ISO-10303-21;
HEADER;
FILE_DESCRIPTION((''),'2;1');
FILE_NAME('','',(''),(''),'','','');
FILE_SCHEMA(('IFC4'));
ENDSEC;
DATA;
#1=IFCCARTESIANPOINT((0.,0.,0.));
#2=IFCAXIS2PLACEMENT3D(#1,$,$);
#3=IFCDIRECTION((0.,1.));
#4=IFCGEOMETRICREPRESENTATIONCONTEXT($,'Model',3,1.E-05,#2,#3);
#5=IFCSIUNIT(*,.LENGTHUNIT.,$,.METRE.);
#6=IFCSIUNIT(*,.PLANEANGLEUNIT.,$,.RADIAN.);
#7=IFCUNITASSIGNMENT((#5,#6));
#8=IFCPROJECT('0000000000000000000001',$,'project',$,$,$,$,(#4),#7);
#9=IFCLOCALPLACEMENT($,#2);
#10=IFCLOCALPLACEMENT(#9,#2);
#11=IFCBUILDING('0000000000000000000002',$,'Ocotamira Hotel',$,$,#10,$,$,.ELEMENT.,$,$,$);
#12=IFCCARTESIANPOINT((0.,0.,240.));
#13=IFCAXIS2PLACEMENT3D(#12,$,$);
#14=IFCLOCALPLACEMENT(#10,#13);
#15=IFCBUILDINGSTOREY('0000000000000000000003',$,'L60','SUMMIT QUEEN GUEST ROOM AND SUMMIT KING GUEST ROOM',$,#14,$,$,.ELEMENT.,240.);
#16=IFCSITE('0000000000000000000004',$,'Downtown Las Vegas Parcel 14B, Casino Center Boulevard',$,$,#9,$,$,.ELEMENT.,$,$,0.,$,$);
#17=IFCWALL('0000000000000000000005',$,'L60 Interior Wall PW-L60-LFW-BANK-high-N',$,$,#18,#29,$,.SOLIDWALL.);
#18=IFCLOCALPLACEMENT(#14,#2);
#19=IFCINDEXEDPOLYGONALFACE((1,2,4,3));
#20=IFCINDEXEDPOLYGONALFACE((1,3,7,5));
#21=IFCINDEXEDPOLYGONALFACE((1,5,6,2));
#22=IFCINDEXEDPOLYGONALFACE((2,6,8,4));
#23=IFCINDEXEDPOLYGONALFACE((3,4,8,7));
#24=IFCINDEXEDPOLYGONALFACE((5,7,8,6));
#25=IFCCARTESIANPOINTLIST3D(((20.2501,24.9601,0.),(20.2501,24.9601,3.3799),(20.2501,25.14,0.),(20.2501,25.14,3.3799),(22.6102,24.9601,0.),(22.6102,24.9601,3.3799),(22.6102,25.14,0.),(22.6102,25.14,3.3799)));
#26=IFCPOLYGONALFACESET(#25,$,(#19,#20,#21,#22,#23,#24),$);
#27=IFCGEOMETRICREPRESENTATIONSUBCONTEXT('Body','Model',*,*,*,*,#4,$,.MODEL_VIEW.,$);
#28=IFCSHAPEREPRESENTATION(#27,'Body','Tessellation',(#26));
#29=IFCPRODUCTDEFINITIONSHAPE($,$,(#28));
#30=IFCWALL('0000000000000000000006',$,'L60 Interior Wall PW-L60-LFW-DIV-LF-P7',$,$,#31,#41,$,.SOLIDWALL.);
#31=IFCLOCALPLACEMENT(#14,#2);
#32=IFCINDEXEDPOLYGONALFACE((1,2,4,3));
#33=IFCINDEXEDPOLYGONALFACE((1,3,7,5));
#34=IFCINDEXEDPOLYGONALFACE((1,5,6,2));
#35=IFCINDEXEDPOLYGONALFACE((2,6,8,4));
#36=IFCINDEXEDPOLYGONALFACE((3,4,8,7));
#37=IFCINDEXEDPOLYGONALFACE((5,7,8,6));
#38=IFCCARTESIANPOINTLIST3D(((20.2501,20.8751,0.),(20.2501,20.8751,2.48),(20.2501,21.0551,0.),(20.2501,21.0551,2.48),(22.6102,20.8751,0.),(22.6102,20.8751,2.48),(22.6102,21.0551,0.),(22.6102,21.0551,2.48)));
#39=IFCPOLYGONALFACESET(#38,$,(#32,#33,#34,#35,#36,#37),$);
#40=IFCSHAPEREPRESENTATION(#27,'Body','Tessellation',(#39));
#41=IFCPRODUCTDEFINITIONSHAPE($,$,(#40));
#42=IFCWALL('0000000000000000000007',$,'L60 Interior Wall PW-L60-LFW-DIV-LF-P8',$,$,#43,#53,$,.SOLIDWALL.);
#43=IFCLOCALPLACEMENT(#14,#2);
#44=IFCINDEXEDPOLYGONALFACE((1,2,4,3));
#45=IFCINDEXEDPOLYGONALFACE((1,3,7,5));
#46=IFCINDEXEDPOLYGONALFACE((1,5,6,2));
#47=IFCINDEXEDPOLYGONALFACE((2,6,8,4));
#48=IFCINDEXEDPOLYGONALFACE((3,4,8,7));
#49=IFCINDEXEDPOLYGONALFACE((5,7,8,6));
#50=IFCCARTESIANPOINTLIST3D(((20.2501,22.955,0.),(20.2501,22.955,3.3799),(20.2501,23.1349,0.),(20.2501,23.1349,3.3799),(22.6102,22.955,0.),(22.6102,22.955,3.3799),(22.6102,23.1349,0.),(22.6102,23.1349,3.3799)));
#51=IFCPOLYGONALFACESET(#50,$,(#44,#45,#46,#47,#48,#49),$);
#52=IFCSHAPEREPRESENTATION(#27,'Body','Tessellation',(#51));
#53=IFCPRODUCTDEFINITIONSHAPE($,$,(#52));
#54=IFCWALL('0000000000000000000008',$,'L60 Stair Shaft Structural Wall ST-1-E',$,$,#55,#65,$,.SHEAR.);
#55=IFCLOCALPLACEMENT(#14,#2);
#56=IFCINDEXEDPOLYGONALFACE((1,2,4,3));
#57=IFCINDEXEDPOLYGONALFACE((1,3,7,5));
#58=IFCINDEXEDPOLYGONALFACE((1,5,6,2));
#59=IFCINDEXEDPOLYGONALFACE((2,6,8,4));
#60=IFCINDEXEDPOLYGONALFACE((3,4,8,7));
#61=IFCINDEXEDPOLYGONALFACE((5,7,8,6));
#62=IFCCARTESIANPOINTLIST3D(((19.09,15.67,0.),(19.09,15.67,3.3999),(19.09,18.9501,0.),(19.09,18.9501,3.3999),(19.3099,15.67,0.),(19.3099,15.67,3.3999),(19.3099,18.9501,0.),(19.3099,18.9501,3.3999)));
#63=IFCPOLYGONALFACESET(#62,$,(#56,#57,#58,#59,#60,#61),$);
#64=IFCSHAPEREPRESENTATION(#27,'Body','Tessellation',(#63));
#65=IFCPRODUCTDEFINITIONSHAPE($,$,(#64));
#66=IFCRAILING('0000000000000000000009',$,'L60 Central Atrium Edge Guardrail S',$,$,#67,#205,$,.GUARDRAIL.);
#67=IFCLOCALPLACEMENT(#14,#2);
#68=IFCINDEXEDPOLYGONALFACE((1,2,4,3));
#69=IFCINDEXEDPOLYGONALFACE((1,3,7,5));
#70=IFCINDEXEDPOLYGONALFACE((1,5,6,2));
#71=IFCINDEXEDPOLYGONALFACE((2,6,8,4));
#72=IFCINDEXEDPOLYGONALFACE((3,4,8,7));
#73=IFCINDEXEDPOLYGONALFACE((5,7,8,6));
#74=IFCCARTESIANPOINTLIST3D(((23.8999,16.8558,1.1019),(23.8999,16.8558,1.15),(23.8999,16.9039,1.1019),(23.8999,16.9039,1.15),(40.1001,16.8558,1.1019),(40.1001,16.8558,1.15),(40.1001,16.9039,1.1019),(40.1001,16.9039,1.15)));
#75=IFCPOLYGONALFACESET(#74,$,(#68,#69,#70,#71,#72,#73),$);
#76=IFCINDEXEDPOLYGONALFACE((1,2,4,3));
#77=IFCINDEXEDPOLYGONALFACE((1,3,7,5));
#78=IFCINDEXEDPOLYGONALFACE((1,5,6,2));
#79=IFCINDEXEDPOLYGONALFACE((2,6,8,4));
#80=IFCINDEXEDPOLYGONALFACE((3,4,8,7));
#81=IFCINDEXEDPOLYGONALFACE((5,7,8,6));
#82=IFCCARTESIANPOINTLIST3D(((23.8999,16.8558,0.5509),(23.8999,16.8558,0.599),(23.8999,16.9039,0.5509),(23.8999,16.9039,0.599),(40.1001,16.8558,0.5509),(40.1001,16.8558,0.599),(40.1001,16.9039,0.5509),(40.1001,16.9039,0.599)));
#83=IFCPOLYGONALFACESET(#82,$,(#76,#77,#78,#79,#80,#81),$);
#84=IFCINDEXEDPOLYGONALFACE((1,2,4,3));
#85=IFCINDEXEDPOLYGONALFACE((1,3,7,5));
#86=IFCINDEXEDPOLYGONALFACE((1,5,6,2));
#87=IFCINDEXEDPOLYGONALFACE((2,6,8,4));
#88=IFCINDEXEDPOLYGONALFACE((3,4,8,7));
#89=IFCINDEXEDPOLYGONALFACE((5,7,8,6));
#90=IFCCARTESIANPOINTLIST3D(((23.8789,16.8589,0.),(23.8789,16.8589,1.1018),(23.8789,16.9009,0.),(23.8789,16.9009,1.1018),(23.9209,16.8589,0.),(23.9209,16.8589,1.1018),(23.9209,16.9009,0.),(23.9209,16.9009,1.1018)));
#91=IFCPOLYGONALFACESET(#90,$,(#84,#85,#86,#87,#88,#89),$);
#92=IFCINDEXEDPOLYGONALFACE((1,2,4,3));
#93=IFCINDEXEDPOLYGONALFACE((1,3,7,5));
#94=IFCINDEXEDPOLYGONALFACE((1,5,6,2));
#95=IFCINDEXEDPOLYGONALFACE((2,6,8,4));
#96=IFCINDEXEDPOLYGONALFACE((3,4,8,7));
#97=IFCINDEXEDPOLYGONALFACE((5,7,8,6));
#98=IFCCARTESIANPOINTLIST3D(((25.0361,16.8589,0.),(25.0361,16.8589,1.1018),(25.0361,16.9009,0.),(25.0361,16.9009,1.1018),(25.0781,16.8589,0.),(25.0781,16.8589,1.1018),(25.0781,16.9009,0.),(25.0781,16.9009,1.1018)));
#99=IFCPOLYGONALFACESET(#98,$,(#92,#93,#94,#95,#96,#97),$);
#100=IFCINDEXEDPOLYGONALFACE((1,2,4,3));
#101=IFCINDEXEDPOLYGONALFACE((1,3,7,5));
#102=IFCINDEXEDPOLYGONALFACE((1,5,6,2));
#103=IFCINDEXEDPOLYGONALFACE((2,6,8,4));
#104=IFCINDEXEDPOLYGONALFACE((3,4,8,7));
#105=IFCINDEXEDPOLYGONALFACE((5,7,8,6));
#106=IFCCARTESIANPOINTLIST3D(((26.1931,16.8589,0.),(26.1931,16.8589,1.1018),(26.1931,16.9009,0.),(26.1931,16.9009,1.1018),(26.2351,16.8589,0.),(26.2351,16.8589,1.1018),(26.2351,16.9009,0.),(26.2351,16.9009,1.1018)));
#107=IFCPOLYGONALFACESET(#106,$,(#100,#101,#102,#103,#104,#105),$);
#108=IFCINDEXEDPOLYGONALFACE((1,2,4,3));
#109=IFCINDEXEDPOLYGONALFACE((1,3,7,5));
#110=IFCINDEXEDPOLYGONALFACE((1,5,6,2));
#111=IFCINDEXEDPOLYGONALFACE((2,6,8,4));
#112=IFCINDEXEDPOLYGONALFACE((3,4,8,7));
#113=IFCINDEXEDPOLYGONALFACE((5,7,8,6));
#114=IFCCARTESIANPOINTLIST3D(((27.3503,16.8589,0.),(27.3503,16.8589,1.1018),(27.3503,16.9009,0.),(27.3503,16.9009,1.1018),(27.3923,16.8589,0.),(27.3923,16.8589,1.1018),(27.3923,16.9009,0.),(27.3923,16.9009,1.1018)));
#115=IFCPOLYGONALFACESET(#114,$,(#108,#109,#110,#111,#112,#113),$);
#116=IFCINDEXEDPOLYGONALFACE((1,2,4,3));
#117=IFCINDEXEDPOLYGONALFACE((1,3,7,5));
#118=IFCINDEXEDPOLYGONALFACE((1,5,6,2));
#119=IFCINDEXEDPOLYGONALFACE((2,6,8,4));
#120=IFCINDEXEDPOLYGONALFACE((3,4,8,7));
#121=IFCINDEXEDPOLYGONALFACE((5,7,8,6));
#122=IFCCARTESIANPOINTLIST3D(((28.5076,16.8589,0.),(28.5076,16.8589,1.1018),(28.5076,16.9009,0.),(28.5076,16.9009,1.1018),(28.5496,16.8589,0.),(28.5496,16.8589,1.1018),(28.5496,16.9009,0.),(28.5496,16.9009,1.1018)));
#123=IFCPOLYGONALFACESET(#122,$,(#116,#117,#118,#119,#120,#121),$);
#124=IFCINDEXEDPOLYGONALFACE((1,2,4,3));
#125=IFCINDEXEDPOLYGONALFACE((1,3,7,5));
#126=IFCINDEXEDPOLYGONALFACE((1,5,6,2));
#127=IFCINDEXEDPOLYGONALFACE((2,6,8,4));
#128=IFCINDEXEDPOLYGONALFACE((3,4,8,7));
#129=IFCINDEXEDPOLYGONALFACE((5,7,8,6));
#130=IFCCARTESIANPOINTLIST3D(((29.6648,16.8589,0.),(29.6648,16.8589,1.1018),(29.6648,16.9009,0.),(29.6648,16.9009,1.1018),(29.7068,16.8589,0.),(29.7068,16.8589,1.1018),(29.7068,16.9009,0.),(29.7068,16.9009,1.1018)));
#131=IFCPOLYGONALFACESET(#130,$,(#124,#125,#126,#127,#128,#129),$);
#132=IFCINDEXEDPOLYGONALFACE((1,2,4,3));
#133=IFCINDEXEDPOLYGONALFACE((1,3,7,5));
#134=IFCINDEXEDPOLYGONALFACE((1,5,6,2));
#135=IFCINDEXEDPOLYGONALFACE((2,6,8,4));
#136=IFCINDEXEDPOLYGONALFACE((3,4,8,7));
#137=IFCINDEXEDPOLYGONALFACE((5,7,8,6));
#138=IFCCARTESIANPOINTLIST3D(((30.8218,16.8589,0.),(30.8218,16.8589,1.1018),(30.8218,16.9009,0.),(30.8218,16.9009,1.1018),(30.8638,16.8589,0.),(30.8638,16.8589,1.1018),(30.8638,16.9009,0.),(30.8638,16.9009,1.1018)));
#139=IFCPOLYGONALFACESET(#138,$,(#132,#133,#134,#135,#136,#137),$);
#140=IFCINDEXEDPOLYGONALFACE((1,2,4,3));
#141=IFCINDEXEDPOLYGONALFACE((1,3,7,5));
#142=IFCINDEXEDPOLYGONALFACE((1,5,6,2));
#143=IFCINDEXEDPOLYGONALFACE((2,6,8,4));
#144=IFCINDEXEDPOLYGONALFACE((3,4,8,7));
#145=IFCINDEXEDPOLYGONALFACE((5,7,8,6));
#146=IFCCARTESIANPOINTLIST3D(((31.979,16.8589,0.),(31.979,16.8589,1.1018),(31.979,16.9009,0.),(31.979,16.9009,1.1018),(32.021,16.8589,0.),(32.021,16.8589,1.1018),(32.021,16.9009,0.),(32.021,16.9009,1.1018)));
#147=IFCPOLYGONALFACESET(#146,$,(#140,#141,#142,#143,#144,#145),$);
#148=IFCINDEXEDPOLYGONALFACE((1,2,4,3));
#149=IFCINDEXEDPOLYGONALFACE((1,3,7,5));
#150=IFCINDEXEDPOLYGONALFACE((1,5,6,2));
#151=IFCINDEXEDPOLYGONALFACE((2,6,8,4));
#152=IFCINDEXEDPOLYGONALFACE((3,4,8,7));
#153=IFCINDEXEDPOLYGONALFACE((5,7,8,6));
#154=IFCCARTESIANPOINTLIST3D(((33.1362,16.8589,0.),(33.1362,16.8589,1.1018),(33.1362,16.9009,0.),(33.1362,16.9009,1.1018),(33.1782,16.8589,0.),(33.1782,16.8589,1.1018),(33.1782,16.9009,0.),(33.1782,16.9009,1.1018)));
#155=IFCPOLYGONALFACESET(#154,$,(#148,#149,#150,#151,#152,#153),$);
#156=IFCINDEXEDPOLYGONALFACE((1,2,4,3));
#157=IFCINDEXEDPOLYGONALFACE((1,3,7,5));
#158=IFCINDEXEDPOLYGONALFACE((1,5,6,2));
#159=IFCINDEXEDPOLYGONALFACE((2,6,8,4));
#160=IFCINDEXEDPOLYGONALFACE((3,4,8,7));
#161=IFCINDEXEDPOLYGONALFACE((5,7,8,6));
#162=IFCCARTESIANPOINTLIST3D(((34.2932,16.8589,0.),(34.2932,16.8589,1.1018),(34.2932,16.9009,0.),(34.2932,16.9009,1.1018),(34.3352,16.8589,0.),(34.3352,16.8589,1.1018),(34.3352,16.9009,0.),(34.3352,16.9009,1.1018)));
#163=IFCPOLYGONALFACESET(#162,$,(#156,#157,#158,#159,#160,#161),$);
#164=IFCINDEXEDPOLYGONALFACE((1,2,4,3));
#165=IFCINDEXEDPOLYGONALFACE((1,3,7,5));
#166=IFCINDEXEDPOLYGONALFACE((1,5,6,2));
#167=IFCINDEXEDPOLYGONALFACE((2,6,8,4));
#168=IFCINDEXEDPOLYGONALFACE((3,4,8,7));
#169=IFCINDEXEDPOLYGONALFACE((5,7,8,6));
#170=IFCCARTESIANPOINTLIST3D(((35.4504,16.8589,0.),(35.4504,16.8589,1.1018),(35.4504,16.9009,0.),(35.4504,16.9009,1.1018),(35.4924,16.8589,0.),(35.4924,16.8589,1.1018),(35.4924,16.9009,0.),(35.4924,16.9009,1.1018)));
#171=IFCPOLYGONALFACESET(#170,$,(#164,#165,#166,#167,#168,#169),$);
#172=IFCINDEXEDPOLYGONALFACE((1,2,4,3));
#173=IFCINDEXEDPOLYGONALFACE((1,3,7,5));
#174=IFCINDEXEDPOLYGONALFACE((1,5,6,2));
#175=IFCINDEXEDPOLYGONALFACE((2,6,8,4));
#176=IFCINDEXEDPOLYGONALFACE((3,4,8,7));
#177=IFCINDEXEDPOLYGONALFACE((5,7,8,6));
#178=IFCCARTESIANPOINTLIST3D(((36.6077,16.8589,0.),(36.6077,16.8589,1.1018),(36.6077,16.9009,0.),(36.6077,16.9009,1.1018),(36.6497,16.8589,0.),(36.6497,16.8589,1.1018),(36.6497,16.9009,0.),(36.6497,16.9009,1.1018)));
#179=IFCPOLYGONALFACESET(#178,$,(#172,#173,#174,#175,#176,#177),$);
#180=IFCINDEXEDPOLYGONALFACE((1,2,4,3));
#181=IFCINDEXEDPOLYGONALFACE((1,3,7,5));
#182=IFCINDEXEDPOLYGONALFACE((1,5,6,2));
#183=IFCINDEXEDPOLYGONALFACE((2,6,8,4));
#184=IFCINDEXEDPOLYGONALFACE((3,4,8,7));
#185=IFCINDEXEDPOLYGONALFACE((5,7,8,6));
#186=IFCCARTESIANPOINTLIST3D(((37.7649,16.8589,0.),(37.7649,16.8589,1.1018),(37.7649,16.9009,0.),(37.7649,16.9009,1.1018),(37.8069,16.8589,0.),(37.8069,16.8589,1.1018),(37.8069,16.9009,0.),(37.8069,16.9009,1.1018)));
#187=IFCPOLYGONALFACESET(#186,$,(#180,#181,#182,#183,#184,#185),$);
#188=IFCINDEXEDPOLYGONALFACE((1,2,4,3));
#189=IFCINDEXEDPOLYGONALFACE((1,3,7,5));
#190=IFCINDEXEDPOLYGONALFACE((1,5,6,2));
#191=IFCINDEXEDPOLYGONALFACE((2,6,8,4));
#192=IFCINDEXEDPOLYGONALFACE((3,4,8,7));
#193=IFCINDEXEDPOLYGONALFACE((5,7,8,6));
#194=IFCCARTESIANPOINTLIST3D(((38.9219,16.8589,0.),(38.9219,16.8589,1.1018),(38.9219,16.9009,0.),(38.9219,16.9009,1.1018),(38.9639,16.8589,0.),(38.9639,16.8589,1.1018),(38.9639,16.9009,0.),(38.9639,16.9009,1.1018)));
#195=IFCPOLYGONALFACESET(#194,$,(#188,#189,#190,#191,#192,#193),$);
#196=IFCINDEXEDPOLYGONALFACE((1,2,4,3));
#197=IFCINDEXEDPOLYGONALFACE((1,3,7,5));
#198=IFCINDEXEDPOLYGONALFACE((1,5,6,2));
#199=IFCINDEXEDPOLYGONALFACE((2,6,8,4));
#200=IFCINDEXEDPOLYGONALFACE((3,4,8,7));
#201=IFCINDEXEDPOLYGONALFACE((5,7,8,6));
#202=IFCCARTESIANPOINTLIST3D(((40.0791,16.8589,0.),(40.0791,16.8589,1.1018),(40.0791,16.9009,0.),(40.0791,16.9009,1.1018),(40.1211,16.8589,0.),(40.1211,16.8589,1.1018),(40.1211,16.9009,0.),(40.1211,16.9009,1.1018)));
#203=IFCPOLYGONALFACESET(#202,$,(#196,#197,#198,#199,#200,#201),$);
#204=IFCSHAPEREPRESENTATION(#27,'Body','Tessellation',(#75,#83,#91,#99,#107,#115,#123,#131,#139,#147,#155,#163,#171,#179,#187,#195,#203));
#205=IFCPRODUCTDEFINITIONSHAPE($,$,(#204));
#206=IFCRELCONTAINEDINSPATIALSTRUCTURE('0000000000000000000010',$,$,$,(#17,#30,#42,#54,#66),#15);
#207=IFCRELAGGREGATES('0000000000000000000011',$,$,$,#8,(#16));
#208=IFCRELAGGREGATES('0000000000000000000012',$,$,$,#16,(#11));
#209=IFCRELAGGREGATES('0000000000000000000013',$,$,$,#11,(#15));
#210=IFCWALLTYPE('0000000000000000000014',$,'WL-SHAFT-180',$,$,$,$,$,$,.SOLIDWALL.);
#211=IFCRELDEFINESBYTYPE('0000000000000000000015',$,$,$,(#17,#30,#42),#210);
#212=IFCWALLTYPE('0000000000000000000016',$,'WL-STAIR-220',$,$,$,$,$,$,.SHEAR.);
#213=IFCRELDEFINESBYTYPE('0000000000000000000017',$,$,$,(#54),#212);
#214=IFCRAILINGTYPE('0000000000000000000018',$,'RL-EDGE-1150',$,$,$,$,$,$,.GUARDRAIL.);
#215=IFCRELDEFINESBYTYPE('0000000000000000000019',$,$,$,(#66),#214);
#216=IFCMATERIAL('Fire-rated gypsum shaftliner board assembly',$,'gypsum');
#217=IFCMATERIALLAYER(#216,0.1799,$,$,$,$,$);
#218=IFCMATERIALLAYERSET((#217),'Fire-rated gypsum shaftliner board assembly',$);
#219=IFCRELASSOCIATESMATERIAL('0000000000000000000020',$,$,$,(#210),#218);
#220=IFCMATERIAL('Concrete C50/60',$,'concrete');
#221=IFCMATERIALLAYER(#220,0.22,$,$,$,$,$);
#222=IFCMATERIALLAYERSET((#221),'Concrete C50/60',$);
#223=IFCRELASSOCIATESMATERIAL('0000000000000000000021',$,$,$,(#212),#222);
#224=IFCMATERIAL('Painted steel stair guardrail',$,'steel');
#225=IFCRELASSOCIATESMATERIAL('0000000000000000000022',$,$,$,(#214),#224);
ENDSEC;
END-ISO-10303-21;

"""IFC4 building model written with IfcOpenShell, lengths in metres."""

from ifc_helpers import new_model, si_unit, direction, frame, frame_2d, origin, origin_2d, place, context, subcontext, project, spatial, rectangle, extrude, material, layer, layer_set, type_object, element, save


model = new_model("IFC4")

# Units and contexts
model_context = context("Model", 3, precision=1e-05, world=origin(), true_north=direction((0.0, 1.0)))
body_context = subcontext(model_context, "Body", "Model", "MODEL_VIEW")
ifc_project = project(units=[si_unit("LENGTHUNIT", "METRE"), si_unit("PLANEANGLEUNIT", "RADIAN")], contexts=[model_context])

# Site, building, storey
site_placement = place(None, origin())
site = spatial("IfcSite", under=ifc_project, at=site_placement, Name="Downtown Las Vegas Parcel 14B, Casino Center Boulevard", CompositionType="ELEMENT", RefElevation=0.0)
building_placement = place(site_placement, origin())
building = spatial("IfcBuilding", under=site, at=building_placement, Name="Ocotamira Hotel", CompositionType="ELEMENT")
storey_placement = place(building_placement, frame((0.0, 0.0, 240.0)))
storey = spatial("IfcBuildingStorey", under=building, at=storey_placement, Name="L60", Description="SUMMIT QUEEN GUEST ROOM AND SUMMIT KING GUEST ROOM", CompositionType="ELEMENT", Elevation=240.0)

# Shared definitions
ifc_material_1 = material(Name="Concrete C50/60", Category="concrete")

# Shared definitions
ifc_material_2 = material(Name="Fire-rated gypsum shaftliner board assembly", Category="gypsum")
ifc_layer_1 = layer(ifc_material_2, 0.1799)
ifc_layer_set_1 = layer_set([ifc_layer_1], Name="Fire-rated gypsum shaftliner board assembly")
wall_type_1 = type_object("IfcWallType", Name="WL-SHAFT-180", PredefinedType="SOLIDWALL", material=ifc_layer_set_1)

# Walls
wall_1_placement = place(storey_placement, frame((20.25, 25.05, 0.0), z_axis=(0.0, 0.0, 1.0), x_axis=(1.0, 0.0, 0.0)))
element("IfcWall", 1, at=wall_1_placement, inside=storey, type_object=wall_type_1, Name="L60 Interior Wall PW-L60-LFW-BANK-high-N", PredefinedType="SOLIDWALL", context=body_context, shape_type="SweptSolid", body=[
    extrude(rectangle(XDim=2.3601, YDim=0.1799, at=frame_2d((1.1802, 0.0))), origin(), (0.0, 0.0, 1.0), 3.3799),
])
wall_2_placement = place(storey_placement, frame((20.25, 20.9651, 0.0), z_axis=(0.0, 0.0, 1.0), x_axis=(1.0, 0.0, 0.0)))
element("IfcWall", 2, at=wall_2_placement, inside=storey, type_object=wall_type_1, Name="L60 Interior Wall PW-L60-LFW-DIV-LF-P7", PredefinedType="SOLIDWALL", context=body_context, shape_type="SweptSolid", body=[
    extrude(rectangle(XDim=2.3601, YDim=0.1799, at=frame_2d((1.1802, 0.0))), origin(), (0.0, 0.0, 1.0), 2.48),
])
wall_3_placement = place(storey_placement, frame((20.25, 23.0449, 0.0), z_axis=(0.0, 0.0, 1.0), x_axis=(1.0, 0.0, 0.0)))
element("IfcWall", 3, at=wall_3_placement, inside=storey, type_object=wall_type_1, Name="L60 Interior Wall PW-L60-LFW-DIV-LF-P8", PredefinedType="SOLIDWALL", context=body_context, shape_type="SweptSolid", body=[
    extrude(rectangle(XDim=2.3601, YDim=0.1799, at=frame_2d((1.1802, 0.0))), origin(), (0.0, 0.0, 1.0), 3.3799),
])
ifc_layer_2 = layer(ifc_material_1, 0.22)
ifc_layer_set_2 = layer_set([ifc_layer_2], Name="Concrete C50/60")
wall_type_2 = type_object("IfcWallType", Name="WL-STAIR-220", PredefinedType="SHEAR", material=ifc_layer_set_2)
wall_4_placement = place(storey_placement, frame((19.2, 15.6699, 0.0), z_axis=(0.0, 0.0, 1.0), x_axis=(0.0, 1.0, 0.0)))
element("IfcWall", 4, at=wall_4_placement, inside=storey, type_object=wall_type_2, Name="L60 Stair Shaft Structural Wall ST-1-E", PredefinedType="SHEAR", context=body_context, shape_type="SweptSolid", body=[
    extrude(rectangle(XDim=3.28, YDim=0.22, at=frame_2d((1.6401, 0.0))), origin(), (0.0, 0.0, 1.0), 3.3999),
])

# Railing
ifc_material_3 = material(Name="Painted steel stair guardrail", Category="steel")
railing_type_1 = type_object("IfcRailingType", Name="RL-EDGE-1150", PredefinedType="GUARDRAIL", material=ifc_material_3)
railing_1_placement = place(storey_placement, frame((23.8999, 16.8799, 0.0)))
element("IfcRailing", 5, at=railing_1_placement, inside=storey, type_object=railing_type_1, Name="L60 Central Atrium Edge Guardrail S", PredefinedType="GUARDRAIL", context=body_context, shape_type="SweptSolid", body=[
    extrude(rectangle(XDim=0.0481, YDim=0.0481, at=origin_2d()), frame((0.0, 0.0, 1.126), z_axis=(1.0, 0.0, 0.0), x_axis=(0.0, 1.0, 0.0)), (0.0, 0.0, 1.0), 16.2002),
    extrude(rectangle(XDim=0.0481, YDim=0.0481, at=origin_2d()), frame((0.0, 0.0, 0.575), z_axis=(1.0, 0.0, 0.0), x_axis=(0.0, 1.0, 0.0)), (0.0, 0.0, 1.0), 16.2002),
    extrude(rectangle(XDim=0.042, YDim=0.042, at=origin_2d()), origin(), (0.0, 0.0, 1.0), 1.1018),
    extrude(rectangle(XDim=0.042, YDim=0.042, at=origin_2d()), frame((1.1572, 0.0, 0.0)), (0.0, 0.0, 1.0), 1.1018),
    extrude(rectangle(XDim=0.042, YDim=0.042, at=origin_2d()), frame((2.3142, 0.0, 0.0)), (0.0, 0.0, 1.0), 1.1018),
    extrude(rectangle(XDim=0.042, YDim=0.042, at=origin_2d()), frame((3.4714, 0.0, 0.0)), (0.0, 0.0, 1.0), 1.1018),
    extrude(rectangle(XDim=0.042, YDim=0.042, at=origin_2d()), frame((4.6287, 0.0, 0.0)), (0.0, 0.0, 1.0), 1.1018),
    extrude(rectangle(XDim=0.042, YDim=0.042, at=origin_2d()), frame((5.7859, 0.0, 0.0)), (0.0, 0.0, 1.0), 1.1018),
    extrude(rectangle(XDim=0.042, YDim=0.042, at=origin_2d()), frame((6.9429, 0.0, 0.0)), (0.0, 0.0, 1.0), 1.1018),
    extrude(rectangle(XDim=0.042, YDim=0.042, at=origin_2d()), frame((8.1001, 0.0, 0.0)), (0.0, 0.0, 1.0), 1.1018),
    extrude(rectangle(XDim=0.042, YDim=0.042, at=origin_2d()), frame((9.2573, 0.0, 0.0)), (0.0, 0.0, 1.0), 1.1018),
    extrude(rectangle(XDim=0.042, YDim=0.042, at=origin_2d()), frame((10.4143, 0.0, 0.0)), (0.0, 0.0, 1.0), 1.1018),
    extrude(rectangle(XDim=0.042, YDim=0.042, at=origin_2d()), frame((11.5715, 0.0, 0.0)), (0.0, 0.0, 1.0), 1.1018),
    extrude(rectangle(XDim=0.042, YDim=0.042, at=origin_2d()), frame((12.7288, 0.0, 0.0)), (0.0, 0.0, 1.0), 1.1018),
    extrude(rectangle(XDim=0.042, YDim=0.042, at=origin_2d()), frame((13.886, 0.0, 0.0)), (0.0, 0.0, 1.0), 1.1018),
    extrude(rectangle(XDim=0.042, YDim=0.042, at=origin_2d()), frame((15.043, 0.0, 0.0)), (0.0, 0.0, 1.0), 1.1018),
    extrude(rectangle(XDim=0.042, YDim=0.042, at=origin_2d()), frame((16.2002, 0.0, 0.0)), (0.0, 0.0, 1.0), 1.1018),
])

save(model, "model.ifc")
